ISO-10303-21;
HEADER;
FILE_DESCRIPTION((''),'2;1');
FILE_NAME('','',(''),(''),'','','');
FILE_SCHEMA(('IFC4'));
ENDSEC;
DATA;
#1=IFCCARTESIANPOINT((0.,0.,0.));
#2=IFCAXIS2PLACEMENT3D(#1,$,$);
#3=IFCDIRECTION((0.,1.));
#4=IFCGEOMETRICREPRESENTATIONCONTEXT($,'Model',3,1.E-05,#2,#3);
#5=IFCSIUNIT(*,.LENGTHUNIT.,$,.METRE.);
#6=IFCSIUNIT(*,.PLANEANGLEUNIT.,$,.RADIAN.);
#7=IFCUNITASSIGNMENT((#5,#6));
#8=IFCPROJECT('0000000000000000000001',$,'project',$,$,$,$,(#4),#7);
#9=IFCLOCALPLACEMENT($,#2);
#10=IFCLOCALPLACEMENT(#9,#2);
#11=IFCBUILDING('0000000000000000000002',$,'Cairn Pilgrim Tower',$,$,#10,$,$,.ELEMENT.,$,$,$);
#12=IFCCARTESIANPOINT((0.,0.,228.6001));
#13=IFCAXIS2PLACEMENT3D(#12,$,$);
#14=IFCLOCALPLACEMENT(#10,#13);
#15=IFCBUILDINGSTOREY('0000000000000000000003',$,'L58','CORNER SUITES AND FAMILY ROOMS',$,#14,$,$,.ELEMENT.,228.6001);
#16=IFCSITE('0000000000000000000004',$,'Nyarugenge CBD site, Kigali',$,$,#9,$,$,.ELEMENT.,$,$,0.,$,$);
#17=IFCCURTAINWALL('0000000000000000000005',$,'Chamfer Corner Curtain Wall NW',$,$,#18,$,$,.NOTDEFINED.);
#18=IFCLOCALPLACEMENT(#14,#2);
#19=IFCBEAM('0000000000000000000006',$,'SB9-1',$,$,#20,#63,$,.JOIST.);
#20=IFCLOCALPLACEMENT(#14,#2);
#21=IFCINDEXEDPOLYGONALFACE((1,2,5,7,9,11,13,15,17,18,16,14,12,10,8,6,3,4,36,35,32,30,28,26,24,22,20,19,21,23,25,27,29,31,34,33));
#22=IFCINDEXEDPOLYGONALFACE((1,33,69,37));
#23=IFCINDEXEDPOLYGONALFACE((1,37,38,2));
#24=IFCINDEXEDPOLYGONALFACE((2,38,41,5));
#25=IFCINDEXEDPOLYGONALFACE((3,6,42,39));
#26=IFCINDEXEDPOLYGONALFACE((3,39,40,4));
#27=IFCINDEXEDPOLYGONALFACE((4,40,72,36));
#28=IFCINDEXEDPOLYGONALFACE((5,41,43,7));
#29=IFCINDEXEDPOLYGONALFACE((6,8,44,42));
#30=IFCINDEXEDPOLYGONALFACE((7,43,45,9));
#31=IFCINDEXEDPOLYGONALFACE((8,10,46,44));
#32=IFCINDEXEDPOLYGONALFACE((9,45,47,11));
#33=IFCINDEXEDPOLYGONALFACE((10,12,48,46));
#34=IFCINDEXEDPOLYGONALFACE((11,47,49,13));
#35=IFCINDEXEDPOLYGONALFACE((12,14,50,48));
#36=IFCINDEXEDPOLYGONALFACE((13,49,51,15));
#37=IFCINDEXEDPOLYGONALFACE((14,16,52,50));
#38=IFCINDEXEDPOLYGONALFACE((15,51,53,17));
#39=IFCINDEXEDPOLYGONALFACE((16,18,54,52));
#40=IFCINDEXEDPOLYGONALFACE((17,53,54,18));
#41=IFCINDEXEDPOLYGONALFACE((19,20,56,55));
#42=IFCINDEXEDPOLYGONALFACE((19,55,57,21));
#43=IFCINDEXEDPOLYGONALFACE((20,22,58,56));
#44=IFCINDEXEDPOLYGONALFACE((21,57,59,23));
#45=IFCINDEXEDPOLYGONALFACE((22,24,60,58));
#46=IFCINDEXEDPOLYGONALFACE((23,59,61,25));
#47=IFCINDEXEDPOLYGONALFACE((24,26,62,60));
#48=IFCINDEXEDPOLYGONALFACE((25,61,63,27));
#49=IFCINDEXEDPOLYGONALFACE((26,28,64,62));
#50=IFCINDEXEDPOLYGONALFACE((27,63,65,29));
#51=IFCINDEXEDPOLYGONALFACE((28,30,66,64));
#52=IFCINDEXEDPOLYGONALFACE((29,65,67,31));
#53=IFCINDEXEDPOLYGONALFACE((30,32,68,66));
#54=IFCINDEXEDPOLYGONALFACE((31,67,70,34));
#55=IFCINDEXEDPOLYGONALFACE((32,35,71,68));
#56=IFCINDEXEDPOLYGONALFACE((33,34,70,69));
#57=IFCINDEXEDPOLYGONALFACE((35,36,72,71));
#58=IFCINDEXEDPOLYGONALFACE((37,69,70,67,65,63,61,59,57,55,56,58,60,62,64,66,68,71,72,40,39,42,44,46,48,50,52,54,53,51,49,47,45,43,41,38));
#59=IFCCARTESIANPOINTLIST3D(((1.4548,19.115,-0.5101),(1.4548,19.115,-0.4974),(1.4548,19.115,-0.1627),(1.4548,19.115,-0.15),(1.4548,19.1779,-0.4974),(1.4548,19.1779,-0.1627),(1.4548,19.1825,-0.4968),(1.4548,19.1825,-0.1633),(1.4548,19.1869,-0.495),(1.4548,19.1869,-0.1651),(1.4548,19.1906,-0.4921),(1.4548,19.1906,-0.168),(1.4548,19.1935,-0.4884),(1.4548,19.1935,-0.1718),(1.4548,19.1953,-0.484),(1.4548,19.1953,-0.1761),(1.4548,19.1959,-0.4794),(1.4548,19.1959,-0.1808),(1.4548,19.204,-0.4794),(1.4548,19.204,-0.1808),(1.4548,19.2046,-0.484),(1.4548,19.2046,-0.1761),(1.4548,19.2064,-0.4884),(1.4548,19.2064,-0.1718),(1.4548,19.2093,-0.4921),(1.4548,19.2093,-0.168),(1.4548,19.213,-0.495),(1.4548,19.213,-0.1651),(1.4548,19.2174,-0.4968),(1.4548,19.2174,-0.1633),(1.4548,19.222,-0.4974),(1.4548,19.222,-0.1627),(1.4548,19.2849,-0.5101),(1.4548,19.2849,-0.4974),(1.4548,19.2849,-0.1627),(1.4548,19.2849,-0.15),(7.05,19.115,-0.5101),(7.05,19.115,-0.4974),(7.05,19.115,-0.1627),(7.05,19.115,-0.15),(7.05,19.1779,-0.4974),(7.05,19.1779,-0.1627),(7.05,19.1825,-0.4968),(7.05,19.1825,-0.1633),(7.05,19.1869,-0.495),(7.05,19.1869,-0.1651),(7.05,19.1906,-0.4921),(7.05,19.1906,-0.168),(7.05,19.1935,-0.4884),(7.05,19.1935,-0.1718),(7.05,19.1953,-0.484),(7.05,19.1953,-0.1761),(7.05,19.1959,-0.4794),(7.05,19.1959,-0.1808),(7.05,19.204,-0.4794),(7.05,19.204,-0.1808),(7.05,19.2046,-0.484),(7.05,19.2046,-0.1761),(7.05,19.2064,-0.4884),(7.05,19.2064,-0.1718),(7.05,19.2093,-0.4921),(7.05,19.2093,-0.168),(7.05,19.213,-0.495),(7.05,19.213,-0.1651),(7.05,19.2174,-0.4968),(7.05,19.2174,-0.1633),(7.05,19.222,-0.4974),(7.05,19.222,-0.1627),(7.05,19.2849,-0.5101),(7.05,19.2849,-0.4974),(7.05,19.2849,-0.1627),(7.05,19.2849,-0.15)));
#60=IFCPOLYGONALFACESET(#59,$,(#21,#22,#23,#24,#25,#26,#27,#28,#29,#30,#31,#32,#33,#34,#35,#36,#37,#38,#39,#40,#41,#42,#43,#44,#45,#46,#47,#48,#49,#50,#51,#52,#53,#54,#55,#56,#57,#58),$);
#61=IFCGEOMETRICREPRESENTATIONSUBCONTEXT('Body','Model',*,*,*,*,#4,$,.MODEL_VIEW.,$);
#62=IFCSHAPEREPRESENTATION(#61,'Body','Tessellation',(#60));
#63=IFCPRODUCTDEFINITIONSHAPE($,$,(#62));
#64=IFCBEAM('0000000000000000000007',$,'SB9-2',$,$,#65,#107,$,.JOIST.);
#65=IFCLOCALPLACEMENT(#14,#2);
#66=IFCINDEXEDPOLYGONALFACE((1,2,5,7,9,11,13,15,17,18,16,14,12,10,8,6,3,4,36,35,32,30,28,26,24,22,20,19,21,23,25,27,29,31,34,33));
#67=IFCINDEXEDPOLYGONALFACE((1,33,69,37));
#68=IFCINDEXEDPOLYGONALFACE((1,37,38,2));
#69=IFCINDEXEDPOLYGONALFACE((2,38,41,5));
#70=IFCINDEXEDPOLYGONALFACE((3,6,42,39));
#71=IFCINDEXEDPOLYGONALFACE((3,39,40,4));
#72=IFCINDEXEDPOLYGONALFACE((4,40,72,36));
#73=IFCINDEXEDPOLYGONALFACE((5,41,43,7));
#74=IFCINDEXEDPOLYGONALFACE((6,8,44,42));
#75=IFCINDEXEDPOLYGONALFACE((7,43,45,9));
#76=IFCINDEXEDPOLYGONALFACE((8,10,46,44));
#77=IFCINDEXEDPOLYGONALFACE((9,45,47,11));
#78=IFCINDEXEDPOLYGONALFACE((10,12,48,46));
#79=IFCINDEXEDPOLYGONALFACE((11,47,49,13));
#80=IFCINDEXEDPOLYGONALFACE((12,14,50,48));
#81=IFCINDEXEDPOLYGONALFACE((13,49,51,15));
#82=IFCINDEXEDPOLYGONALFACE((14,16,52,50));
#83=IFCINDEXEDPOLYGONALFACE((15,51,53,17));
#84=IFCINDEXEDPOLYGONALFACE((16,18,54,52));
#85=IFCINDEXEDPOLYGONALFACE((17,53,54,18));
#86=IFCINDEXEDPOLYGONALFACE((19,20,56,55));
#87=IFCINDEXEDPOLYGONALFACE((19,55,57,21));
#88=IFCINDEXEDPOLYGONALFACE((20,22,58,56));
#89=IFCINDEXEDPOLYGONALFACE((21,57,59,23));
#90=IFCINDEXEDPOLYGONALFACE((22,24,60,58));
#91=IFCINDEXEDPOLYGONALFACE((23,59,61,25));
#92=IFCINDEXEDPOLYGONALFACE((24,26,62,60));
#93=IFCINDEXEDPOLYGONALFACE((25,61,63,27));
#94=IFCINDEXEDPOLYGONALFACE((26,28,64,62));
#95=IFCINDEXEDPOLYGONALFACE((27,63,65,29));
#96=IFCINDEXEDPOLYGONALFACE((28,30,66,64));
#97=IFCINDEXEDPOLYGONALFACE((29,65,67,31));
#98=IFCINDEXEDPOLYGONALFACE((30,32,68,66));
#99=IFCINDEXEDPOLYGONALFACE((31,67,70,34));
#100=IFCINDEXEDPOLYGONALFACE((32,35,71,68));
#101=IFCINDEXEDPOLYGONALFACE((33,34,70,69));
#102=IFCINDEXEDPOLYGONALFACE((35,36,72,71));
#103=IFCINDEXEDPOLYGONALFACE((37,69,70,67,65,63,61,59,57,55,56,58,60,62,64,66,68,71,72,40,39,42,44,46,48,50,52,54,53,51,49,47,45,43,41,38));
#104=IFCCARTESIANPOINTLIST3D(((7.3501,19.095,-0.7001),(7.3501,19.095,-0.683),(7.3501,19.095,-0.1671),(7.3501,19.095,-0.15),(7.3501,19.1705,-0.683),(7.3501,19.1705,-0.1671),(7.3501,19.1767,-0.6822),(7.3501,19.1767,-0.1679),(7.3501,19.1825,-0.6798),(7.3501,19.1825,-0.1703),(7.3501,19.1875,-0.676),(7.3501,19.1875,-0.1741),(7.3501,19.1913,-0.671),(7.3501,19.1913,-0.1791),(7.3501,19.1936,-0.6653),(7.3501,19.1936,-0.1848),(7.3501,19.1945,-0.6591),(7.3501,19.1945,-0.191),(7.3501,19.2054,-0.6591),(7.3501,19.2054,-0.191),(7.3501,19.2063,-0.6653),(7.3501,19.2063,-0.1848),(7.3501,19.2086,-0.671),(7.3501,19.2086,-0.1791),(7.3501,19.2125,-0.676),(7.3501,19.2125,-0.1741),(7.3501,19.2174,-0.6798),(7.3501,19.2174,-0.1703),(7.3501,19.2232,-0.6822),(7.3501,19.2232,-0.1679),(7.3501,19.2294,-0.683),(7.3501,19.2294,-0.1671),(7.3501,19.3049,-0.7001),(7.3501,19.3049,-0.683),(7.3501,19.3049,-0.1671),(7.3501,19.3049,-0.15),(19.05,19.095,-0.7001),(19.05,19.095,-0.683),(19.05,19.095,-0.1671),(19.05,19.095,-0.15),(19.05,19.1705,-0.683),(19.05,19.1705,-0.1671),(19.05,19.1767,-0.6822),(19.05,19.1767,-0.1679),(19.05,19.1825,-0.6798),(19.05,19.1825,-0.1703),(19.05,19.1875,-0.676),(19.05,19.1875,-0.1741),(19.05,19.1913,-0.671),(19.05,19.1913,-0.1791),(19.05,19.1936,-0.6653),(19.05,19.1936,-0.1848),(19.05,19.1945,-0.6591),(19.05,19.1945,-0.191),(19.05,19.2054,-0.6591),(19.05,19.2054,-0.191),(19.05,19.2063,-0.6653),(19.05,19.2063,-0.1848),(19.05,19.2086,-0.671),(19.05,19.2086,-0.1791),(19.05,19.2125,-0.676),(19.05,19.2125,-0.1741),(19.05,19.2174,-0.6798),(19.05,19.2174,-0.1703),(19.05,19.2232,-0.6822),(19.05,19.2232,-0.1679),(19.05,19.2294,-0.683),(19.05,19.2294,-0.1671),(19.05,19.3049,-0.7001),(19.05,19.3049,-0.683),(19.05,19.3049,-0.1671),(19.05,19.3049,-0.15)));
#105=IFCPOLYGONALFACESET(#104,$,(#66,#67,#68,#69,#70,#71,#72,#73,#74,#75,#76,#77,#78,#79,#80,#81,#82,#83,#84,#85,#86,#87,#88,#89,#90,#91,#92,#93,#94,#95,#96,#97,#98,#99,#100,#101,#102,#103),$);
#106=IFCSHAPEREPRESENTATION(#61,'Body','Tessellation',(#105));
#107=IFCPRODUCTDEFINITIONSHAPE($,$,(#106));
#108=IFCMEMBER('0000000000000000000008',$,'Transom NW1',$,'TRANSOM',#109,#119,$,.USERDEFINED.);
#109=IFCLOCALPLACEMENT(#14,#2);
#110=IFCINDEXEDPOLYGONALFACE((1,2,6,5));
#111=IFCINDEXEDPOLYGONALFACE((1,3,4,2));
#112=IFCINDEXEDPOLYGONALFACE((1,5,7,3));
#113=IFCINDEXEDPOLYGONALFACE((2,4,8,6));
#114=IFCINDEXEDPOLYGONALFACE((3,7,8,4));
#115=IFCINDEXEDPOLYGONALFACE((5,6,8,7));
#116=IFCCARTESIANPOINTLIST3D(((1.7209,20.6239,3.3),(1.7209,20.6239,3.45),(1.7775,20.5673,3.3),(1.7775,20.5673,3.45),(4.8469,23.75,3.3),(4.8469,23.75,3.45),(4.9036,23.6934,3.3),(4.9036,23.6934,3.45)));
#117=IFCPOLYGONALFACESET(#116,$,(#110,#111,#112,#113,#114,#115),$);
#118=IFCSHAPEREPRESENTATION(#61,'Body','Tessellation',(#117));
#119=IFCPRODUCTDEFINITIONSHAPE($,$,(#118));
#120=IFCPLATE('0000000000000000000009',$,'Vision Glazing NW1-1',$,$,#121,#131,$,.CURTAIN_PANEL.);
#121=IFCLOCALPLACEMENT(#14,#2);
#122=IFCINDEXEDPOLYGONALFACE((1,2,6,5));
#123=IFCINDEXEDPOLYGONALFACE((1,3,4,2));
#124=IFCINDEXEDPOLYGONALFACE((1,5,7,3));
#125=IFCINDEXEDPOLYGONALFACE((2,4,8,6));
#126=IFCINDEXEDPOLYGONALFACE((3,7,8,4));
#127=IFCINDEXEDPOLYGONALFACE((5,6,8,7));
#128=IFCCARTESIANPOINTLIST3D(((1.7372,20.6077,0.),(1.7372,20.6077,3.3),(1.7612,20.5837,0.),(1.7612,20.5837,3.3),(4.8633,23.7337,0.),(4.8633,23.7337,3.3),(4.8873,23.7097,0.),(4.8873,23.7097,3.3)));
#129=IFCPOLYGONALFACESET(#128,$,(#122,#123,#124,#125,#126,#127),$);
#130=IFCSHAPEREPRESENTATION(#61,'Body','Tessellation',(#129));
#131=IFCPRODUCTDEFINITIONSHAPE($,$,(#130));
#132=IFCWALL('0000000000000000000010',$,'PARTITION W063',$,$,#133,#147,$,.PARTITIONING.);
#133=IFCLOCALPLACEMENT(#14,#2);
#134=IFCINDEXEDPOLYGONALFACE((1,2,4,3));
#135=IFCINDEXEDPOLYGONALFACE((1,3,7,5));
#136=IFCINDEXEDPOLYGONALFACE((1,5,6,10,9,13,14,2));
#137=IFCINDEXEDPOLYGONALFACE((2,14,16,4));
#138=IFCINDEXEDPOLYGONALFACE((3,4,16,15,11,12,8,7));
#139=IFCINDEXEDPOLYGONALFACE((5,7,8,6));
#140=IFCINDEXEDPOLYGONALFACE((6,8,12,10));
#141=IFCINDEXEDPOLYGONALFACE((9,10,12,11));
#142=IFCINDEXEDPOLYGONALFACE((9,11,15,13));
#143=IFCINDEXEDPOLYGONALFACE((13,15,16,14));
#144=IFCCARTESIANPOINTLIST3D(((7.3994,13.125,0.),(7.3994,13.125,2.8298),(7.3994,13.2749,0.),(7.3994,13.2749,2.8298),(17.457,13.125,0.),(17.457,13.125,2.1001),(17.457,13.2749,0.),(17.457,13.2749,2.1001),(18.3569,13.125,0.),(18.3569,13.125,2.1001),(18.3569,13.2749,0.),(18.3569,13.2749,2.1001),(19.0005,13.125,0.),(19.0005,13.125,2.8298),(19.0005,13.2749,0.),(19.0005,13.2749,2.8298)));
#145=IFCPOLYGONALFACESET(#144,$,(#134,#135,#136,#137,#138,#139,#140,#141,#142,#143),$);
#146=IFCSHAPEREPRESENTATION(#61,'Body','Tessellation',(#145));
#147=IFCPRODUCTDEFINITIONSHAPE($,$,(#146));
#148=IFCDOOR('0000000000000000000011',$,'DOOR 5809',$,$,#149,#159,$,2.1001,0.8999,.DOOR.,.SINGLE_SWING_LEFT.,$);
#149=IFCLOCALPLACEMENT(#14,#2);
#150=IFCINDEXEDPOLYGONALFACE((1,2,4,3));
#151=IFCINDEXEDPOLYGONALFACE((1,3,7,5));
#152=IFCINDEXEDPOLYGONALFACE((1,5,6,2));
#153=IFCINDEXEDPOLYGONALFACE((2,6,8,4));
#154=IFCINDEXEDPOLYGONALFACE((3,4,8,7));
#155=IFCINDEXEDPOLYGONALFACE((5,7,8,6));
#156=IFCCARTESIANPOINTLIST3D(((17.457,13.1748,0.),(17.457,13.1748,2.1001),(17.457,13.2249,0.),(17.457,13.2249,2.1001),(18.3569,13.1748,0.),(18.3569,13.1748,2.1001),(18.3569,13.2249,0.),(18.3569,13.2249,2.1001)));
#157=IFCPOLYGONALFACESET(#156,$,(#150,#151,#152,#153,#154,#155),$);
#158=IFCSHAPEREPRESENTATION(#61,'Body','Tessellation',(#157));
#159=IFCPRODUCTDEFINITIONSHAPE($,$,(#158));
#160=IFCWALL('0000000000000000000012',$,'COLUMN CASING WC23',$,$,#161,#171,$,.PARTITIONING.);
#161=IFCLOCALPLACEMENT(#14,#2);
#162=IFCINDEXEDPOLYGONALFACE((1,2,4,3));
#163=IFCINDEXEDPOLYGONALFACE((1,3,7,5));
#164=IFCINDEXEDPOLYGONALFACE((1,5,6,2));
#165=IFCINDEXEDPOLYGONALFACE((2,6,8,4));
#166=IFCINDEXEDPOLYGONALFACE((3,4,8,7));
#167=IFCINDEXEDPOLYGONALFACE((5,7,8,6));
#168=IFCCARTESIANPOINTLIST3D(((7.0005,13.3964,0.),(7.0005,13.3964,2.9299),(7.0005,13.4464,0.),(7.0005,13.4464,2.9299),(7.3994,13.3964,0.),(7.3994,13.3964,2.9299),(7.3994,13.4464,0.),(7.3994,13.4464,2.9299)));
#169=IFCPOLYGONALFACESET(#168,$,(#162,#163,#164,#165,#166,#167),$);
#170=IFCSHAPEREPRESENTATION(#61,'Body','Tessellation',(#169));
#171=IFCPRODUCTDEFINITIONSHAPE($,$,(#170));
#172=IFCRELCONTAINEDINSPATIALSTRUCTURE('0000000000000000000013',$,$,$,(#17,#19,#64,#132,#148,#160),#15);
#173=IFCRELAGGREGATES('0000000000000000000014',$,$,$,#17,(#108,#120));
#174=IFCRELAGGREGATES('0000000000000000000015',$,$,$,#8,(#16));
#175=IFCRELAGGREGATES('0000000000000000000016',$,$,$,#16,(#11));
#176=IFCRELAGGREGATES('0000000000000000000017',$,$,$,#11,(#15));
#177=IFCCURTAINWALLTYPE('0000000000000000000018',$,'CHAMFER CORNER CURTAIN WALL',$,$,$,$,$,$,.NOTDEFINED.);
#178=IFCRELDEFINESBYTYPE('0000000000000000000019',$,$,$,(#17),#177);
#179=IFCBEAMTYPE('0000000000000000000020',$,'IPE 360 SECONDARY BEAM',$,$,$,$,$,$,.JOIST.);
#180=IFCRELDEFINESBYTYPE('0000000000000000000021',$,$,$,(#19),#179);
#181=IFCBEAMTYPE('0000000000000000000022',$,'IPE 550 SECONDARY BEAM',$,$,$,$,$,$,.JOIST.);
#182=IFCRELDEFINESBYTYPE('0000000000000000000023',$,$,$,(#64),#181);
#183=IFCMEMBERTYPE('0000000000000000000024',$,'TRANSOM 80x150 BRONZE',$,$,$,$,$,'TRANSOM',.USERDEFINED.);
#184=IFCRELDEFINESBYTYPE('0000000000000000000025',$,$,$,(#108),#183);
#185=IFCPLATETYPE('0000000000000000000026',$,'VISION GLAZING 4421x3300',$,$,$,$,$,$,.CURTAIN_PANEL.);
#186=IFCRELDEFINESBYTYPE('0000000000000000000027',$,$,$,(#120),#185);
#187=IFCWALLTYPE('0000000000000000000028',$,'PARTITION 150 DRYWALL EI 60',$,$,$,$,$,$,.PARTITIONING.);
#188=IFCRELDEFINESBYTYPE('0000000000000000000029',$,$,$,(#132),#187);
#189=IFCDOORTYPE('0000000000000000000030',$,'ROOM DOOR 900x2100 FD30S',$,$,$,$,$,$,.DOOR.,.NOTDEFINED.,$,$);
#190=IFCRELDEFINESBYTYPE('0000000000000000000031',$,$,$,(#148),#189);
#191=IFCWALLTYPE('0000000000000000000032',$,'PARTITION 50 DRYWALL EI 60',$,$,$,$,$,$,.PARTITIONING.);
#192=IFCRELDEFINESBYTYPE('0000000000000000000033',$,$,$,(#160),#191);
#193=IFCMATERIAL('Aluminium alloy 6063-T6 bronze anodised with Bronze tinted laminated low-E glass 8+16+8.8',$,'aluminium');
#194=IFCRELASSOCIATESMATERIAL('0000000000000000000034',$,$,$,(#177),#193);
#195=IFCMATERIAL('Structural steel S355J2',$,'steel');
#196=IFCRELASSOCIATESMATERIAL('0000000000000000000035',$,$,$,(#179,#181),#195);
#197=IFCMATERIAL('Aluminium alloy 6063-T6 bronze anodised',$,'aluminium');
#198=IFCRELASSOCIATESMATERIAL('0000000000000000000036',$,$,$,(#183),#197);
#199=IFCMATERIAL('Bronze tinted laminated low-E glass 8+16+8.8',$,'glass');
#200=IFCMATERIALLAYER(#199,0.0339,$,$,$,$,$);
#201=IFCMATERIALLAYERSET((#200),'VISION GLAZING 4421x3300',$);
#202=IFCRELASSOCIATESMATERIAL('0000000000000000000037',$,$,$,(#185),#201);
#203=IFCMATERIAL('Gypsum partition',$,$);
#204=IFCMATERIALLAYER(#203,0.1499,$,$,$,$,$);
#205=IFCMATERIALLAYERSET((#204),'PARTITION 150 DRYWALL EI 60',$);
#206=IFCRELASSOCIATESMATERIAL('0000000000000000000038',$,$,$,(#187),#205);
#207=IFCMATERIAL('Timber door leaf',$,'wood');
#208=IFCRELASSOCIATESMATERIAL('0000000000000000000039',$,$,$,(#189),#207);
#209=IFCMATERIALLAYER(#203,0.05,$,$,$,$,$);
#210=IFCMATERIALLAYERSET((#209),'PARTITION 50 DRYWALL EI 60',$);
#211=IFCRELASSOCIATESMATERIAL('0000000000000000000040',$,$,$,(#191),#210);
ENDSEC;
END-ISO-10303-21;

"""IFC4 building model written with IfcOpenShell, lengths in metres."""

from ifc_helpers import new_model, si_unit, direction, frame, frame_2d, origin, origin_2d, place, context, subcontext, project, spatial, rectangle, i_section, extrude, material, layer, layer_set, material_profile, profile_set, type_object, element, fill, aggregate, save


model = new_model("IFC4")

# Units and contexts
model_context = context("Model", 3, precision=1e-05, world=origin(), true_north=direction((0.0, 1.0)))
body_context = subcontext(model_context, "Body", "Model", "MODEL_VIEW")
ifc_project = project(units=[si_unit("LENGTHUNIT", "METRE"), si_unit("PLANEANGLEUNIT", "RADIAN")], contexts=[model_context])

# Site, building, storey
site_placement = place(None, origin())
site = spatial("IfcSite", under=ifc_project, at=site_placement, Name="Nyarugenge CBD site, Kigali", CompositionType="ELEMENT", RefElevation=0.0)
building_placement = place(site_placement, origin())
building = spatial("IfcBuilding", under=site, at=building_placement, Name="Cairn Pilgrim Tower", CompositionType="ELEMENT")
storey_placement = place(building_placement, frame((0.0, 0.0, 228.6001)))
storey = spatial("IfcBuildingStorey", under=building, at=storey_placement, Name="L58", Description="CORNER SUITES AND FAMILY ROOMS", CompositionType="ELEMENT", Elevation=228.6001)

# Shared definitions
ifc_material_1 = material(Name="Structural steel S355J2", Category="steel")

# Shared definitions
ifc_material_2 = material(Name="Aluminium alloy 6063-T6 bronze anodised with Bronze tinted laminated low-E glass 8+16+8.8", Category="aluminium")
ifc_material_3 = material(Name="Aluminium alloy 6063-T6 bronze anodised", Category="aluminium")

# Curtain wall
curtain_wall_type_1 = type_object("IfcCurtainWallType", Name="CHAMFER CORNER CURTAIN WALL", PredefinedType="NOTDEFINED", material=ifc_material_2)
curtain_wall_1_placement = place(storey_placement, origin())
curtain_wall_1 = element("IfcCurtainWall", 1, at=curtain_wall_1_placement, inside=storey, type_object=curtain_wall_type_1, Name="Chamfer Corner Curtain Wall NW", PredefinedType="NOTDEFINED")

# Beams
ifc_material_profile_1 = material_profile(ifc_material_1, i_section(OverallWidth=0.1699, OverallDepth=0.3601, WebThickness=0.0081, FlangeThickness=0.0127, FilletRadius=0.0181, at=origin_2d()), Name="IPE 360")
ifc_profile_set_1 = profile_set([ifc_material_profile_1], Name="Structural steel S355J2")
beam_type_1 = type_object("IfcBeamType", Name="IPE 360 SECONDARY BEAM", PredefinedType="JOIST", material=ifc_profile_set_1)
beam_1_placement = place(storey_placement, frame((1.4548, 19.2, -0.3301), z_axis=(1.0, 0.0, 0.0), x_axis=(0.0, 1.0, 0.0)))
element("IfcBeam", 2, at=beam_1_placement, inside=storey, type_object=beam_type_1, Name="SB9-1", PredefinedType="JOIST", context=body_context, shape_type="SweptSolid", body=[
    extrude(i_section(OverallWidth=0.1699, OverallDepth=0.3601, WebThickness=0.0081, FlangeThickness=0.0127, FilletRadius=0.0181, at=origin_2d()), origin(), (0.0, 0.0, 1.0), 5.5952),
])
ifc_material_profile_2 = material_profile(ifc_material_1, i_section(OverallWidth=0.21, OverallDepth=0.55, WebThickness=0.011, FlangeThickness=0.0171, FilletRadius=0.0239, at=origin_2d()), Name="IPE 550")
ifc_profile_set_2 = profile_set([ifc_material_profile_2], Name="Structural steel S355J2")
beam_type_2 = type_object("IfcBeamType", Name="IPE 550 SECONDARY BEAM", PredefinedType="JOIST", material=ifc_profile_set_2)
beam_2_placement = place(storey_placement, frame((7.3501, 19.2, -0.425), z_axis=(1.0, 0.0, 0.0), x_axis=(0.0, 1.0, 0.0)))
element("IfcBeam", 3, at=beam_2_placement, inside=storey, type_object=beam_type_2, Name="SB9-2", PredefinedType="JOIST", context=body_context, shape_type="SweptSolid", body=[
    extrude(i_section(OverallWidth=0.21, OverallDepth=0.55, WebThickness=0.011, FlangeThickness=0.0171, FilletRadius=0.0239, at=origin_2d()), origin(), (0.0, 0.0, 1.0), 11.7),
])

# Member
ifc_material_profile_3 = material_profile(ifc_material_3, rectangle(XDim=0.0801, YDim=0.1499, at=origin_2d()), Name="TRANSOM 80x150 BRONZE")
ifc_profile_set_3 = profile_set([ifc_material_profile_3], Name="Aluminium alloy 6063-T6 bronze anodised")
member_type_1 = type_object("IfcMemberType", Name="TRANSOM 80x150 BRONZE", ElementType="TRANSOM", PredefinedType="USERDEFINED", material=ifc_profile_set_3)
member_1_placement = place(storey_placement, frame((4.8752, 23.7217, 3.375), z_axis=(-0.707107, -0.707107, 0.0), x_axis=(0.707107, -0.707107, 0.0)))
member_1 = element("IfcMember", 4, at=member_1_placement, type_object=member_type_1, Name="Transom NW1", ObjectType="TRANSOM", PredefinedType="USERDEFINED", context=body_context, shape_type="SweptSolid", body=[
    extrude(rectangle(XDim=0.0801, YDim=0.1499, at=origin_2d()), origin(), (0.0, 0.0, 1.0), 4.4209),
])

# Plate
ifc_material_4 = material(Name="Bronze tinted laminated low-E glass 8+16+8.8", Category="glass")
ifc_layer_1 = layer(ifc_material_4, 0.0339)
ifc_layer_set_1 = layer_set([ifc_layer_1], Name="VISION GLAZING 4421x3300")
plate_type = type_object("IfcPlateType", Name="VISION GLAZING 4421x3300", PredefinedType="CURTAIN_PANEL", material=ifc_layer_set_1)
plate_placement = place(storey_placement, frame((3.3123, 22.1587, 0.0), z_axis=(0.0, 0.0, 1.0), x_axis=(-0.707107, -0.707107, 0.0)))
plate = element("IfcPlate", 5, at=plate_placement, type_object=plate_type, Name="Vision Glazing NW1-1", PredefinedType="CURTAIN_PANEL", context=body_context, shape_type="SweptSolid", body=[
    extrude(rectangle(XDim=4.4209, YDim=0.0339, at=origin_2d()), origin(), (0.0, 0.0, 1.0), 3.3),
])
aggregate(curtain_wall_1, [member_1, plate])

# Wall, opening, door
ifc_material_5 = material(Name="Gypsum partition")
ifc_layer_2 = layer(ifc_material_5, 0.1499)
ifc_layer_set_2 = layer_set([ifc_layer_2], Name="PARTITION 150 DRYWALL EI 60")
wall_type_1 = type_object("IfcWallType", Name="PARTITION 150 DRYWALL EI 60", PredefinedType="PARTITIONING", material=ifc_layer_set_2)
wall_1_placement = place(storey_placement, frame((7.3994, 13.2, 0.0), z_axis=(0.0, 0.0, 1.0), x_axis=(1.0, 0.0, 0.0)))
wall_1 = element("IfcWall", 6, at=wall_1_placement, inside=storey, type_object=wall_type_1, Name="PARTITION W063", PredefinedType="PARTITIONING", context=body_context, shape_type="SweptSolid", body=[
    extrude(rectangle(XDim=11.6011, YDim=0.1499, at=frame_2d((5.8005, 0.0))), origin(), (0.0, 0.0, 1.0), 2.8298),
])
opening_1_placement = place(wall_1_placement, frame((10.0576, 0.0, 0.0)))
opening_1 = element("IfcOpeningElement", 7, at=opening_1_placement, cuts=wall_1, PredefinedType="OPENING", context=body_context, shape_type="SweptSolid", body=[
    extrude(rectangle(XDim=0.8999, YDim=2.1001, at=frame_2d((0.45, 1.05))), frame((0.0, 0.085, 0.0), z_axis=(0.0, -1.0, 0.0), x_axis=(1.0, 0.0, 0.0)), (0.0, 0.0, 1.0), 0.1699),
])
ifc_material_6 = material(Name="Timber door leaf", Category="wood")
door_type_1 = type_object("IfcDoorType", Name="ROOM DOOR 900x2100 FD30S", OperationType="NOTDEFINED", PredefinedType="DOOR", material=ifc_material_6)
door_1_placement = place(opening_1_placement, origin())
door_1 = element("IfcDoor", 8, at=door_1_placement, inside=storey, type_object=door_type_1, Name="DOOR 5809", OperationType="SINGLE_SWING_LEFT", OverallHeight=2.1001, OverallWidth=0.8999, PredefinedType="DOOR", context=body_context, shape_type="SweptSolid", body=[
    extrude(rectangle(XDim=0.8999, YDim=2.1001, at=frame_2d((0.45, 1.05))), frame((0.0, 0.0249, 0.0), z_axis=(0.0, -1.0, 0.0), x_axis=(1.0, 0.0, 0.0)), (0.0, 0.0, 1.0), 0.05),
])
fill(opening_1, door_1)

# Wall
ifc_layer_3 = layer(ifc_material_5, 0.05)
ifc_layer_set_3 = layer_set([ifc_layer_3], Name="PARTITION 50 DRYWALL EI 60")
wall_type_2 = type_object("IfcWallType", Name="PARTITION 50 DRYWALL EI 60", PredefinedType="PARTITIONING", material=ifc_layer_set_3)
wall_2_placement = place(storey_placement, frame((7.0005, 13.4214, 0.0), z_axis=(0.0, 0.0, 1.0), x_axis=(1.0, 0.0, 0.0)))
element("IfcWall", 9, at=wall_2_placement, inside=storey, type_object=wall_type_2, Name="COLUMN CASING WC23", PredefinedType="PARTITIONING", context=body_context, shape_type="SweptSolid", body=[
    extrude(rectangle(XDim=0.3989, YDim=0.05, at=frame_2d((0.1995, 0.0))), origin(), (0.0, 0.0, 1.0), 2.9299),
])

save(model, "model.ifc")
